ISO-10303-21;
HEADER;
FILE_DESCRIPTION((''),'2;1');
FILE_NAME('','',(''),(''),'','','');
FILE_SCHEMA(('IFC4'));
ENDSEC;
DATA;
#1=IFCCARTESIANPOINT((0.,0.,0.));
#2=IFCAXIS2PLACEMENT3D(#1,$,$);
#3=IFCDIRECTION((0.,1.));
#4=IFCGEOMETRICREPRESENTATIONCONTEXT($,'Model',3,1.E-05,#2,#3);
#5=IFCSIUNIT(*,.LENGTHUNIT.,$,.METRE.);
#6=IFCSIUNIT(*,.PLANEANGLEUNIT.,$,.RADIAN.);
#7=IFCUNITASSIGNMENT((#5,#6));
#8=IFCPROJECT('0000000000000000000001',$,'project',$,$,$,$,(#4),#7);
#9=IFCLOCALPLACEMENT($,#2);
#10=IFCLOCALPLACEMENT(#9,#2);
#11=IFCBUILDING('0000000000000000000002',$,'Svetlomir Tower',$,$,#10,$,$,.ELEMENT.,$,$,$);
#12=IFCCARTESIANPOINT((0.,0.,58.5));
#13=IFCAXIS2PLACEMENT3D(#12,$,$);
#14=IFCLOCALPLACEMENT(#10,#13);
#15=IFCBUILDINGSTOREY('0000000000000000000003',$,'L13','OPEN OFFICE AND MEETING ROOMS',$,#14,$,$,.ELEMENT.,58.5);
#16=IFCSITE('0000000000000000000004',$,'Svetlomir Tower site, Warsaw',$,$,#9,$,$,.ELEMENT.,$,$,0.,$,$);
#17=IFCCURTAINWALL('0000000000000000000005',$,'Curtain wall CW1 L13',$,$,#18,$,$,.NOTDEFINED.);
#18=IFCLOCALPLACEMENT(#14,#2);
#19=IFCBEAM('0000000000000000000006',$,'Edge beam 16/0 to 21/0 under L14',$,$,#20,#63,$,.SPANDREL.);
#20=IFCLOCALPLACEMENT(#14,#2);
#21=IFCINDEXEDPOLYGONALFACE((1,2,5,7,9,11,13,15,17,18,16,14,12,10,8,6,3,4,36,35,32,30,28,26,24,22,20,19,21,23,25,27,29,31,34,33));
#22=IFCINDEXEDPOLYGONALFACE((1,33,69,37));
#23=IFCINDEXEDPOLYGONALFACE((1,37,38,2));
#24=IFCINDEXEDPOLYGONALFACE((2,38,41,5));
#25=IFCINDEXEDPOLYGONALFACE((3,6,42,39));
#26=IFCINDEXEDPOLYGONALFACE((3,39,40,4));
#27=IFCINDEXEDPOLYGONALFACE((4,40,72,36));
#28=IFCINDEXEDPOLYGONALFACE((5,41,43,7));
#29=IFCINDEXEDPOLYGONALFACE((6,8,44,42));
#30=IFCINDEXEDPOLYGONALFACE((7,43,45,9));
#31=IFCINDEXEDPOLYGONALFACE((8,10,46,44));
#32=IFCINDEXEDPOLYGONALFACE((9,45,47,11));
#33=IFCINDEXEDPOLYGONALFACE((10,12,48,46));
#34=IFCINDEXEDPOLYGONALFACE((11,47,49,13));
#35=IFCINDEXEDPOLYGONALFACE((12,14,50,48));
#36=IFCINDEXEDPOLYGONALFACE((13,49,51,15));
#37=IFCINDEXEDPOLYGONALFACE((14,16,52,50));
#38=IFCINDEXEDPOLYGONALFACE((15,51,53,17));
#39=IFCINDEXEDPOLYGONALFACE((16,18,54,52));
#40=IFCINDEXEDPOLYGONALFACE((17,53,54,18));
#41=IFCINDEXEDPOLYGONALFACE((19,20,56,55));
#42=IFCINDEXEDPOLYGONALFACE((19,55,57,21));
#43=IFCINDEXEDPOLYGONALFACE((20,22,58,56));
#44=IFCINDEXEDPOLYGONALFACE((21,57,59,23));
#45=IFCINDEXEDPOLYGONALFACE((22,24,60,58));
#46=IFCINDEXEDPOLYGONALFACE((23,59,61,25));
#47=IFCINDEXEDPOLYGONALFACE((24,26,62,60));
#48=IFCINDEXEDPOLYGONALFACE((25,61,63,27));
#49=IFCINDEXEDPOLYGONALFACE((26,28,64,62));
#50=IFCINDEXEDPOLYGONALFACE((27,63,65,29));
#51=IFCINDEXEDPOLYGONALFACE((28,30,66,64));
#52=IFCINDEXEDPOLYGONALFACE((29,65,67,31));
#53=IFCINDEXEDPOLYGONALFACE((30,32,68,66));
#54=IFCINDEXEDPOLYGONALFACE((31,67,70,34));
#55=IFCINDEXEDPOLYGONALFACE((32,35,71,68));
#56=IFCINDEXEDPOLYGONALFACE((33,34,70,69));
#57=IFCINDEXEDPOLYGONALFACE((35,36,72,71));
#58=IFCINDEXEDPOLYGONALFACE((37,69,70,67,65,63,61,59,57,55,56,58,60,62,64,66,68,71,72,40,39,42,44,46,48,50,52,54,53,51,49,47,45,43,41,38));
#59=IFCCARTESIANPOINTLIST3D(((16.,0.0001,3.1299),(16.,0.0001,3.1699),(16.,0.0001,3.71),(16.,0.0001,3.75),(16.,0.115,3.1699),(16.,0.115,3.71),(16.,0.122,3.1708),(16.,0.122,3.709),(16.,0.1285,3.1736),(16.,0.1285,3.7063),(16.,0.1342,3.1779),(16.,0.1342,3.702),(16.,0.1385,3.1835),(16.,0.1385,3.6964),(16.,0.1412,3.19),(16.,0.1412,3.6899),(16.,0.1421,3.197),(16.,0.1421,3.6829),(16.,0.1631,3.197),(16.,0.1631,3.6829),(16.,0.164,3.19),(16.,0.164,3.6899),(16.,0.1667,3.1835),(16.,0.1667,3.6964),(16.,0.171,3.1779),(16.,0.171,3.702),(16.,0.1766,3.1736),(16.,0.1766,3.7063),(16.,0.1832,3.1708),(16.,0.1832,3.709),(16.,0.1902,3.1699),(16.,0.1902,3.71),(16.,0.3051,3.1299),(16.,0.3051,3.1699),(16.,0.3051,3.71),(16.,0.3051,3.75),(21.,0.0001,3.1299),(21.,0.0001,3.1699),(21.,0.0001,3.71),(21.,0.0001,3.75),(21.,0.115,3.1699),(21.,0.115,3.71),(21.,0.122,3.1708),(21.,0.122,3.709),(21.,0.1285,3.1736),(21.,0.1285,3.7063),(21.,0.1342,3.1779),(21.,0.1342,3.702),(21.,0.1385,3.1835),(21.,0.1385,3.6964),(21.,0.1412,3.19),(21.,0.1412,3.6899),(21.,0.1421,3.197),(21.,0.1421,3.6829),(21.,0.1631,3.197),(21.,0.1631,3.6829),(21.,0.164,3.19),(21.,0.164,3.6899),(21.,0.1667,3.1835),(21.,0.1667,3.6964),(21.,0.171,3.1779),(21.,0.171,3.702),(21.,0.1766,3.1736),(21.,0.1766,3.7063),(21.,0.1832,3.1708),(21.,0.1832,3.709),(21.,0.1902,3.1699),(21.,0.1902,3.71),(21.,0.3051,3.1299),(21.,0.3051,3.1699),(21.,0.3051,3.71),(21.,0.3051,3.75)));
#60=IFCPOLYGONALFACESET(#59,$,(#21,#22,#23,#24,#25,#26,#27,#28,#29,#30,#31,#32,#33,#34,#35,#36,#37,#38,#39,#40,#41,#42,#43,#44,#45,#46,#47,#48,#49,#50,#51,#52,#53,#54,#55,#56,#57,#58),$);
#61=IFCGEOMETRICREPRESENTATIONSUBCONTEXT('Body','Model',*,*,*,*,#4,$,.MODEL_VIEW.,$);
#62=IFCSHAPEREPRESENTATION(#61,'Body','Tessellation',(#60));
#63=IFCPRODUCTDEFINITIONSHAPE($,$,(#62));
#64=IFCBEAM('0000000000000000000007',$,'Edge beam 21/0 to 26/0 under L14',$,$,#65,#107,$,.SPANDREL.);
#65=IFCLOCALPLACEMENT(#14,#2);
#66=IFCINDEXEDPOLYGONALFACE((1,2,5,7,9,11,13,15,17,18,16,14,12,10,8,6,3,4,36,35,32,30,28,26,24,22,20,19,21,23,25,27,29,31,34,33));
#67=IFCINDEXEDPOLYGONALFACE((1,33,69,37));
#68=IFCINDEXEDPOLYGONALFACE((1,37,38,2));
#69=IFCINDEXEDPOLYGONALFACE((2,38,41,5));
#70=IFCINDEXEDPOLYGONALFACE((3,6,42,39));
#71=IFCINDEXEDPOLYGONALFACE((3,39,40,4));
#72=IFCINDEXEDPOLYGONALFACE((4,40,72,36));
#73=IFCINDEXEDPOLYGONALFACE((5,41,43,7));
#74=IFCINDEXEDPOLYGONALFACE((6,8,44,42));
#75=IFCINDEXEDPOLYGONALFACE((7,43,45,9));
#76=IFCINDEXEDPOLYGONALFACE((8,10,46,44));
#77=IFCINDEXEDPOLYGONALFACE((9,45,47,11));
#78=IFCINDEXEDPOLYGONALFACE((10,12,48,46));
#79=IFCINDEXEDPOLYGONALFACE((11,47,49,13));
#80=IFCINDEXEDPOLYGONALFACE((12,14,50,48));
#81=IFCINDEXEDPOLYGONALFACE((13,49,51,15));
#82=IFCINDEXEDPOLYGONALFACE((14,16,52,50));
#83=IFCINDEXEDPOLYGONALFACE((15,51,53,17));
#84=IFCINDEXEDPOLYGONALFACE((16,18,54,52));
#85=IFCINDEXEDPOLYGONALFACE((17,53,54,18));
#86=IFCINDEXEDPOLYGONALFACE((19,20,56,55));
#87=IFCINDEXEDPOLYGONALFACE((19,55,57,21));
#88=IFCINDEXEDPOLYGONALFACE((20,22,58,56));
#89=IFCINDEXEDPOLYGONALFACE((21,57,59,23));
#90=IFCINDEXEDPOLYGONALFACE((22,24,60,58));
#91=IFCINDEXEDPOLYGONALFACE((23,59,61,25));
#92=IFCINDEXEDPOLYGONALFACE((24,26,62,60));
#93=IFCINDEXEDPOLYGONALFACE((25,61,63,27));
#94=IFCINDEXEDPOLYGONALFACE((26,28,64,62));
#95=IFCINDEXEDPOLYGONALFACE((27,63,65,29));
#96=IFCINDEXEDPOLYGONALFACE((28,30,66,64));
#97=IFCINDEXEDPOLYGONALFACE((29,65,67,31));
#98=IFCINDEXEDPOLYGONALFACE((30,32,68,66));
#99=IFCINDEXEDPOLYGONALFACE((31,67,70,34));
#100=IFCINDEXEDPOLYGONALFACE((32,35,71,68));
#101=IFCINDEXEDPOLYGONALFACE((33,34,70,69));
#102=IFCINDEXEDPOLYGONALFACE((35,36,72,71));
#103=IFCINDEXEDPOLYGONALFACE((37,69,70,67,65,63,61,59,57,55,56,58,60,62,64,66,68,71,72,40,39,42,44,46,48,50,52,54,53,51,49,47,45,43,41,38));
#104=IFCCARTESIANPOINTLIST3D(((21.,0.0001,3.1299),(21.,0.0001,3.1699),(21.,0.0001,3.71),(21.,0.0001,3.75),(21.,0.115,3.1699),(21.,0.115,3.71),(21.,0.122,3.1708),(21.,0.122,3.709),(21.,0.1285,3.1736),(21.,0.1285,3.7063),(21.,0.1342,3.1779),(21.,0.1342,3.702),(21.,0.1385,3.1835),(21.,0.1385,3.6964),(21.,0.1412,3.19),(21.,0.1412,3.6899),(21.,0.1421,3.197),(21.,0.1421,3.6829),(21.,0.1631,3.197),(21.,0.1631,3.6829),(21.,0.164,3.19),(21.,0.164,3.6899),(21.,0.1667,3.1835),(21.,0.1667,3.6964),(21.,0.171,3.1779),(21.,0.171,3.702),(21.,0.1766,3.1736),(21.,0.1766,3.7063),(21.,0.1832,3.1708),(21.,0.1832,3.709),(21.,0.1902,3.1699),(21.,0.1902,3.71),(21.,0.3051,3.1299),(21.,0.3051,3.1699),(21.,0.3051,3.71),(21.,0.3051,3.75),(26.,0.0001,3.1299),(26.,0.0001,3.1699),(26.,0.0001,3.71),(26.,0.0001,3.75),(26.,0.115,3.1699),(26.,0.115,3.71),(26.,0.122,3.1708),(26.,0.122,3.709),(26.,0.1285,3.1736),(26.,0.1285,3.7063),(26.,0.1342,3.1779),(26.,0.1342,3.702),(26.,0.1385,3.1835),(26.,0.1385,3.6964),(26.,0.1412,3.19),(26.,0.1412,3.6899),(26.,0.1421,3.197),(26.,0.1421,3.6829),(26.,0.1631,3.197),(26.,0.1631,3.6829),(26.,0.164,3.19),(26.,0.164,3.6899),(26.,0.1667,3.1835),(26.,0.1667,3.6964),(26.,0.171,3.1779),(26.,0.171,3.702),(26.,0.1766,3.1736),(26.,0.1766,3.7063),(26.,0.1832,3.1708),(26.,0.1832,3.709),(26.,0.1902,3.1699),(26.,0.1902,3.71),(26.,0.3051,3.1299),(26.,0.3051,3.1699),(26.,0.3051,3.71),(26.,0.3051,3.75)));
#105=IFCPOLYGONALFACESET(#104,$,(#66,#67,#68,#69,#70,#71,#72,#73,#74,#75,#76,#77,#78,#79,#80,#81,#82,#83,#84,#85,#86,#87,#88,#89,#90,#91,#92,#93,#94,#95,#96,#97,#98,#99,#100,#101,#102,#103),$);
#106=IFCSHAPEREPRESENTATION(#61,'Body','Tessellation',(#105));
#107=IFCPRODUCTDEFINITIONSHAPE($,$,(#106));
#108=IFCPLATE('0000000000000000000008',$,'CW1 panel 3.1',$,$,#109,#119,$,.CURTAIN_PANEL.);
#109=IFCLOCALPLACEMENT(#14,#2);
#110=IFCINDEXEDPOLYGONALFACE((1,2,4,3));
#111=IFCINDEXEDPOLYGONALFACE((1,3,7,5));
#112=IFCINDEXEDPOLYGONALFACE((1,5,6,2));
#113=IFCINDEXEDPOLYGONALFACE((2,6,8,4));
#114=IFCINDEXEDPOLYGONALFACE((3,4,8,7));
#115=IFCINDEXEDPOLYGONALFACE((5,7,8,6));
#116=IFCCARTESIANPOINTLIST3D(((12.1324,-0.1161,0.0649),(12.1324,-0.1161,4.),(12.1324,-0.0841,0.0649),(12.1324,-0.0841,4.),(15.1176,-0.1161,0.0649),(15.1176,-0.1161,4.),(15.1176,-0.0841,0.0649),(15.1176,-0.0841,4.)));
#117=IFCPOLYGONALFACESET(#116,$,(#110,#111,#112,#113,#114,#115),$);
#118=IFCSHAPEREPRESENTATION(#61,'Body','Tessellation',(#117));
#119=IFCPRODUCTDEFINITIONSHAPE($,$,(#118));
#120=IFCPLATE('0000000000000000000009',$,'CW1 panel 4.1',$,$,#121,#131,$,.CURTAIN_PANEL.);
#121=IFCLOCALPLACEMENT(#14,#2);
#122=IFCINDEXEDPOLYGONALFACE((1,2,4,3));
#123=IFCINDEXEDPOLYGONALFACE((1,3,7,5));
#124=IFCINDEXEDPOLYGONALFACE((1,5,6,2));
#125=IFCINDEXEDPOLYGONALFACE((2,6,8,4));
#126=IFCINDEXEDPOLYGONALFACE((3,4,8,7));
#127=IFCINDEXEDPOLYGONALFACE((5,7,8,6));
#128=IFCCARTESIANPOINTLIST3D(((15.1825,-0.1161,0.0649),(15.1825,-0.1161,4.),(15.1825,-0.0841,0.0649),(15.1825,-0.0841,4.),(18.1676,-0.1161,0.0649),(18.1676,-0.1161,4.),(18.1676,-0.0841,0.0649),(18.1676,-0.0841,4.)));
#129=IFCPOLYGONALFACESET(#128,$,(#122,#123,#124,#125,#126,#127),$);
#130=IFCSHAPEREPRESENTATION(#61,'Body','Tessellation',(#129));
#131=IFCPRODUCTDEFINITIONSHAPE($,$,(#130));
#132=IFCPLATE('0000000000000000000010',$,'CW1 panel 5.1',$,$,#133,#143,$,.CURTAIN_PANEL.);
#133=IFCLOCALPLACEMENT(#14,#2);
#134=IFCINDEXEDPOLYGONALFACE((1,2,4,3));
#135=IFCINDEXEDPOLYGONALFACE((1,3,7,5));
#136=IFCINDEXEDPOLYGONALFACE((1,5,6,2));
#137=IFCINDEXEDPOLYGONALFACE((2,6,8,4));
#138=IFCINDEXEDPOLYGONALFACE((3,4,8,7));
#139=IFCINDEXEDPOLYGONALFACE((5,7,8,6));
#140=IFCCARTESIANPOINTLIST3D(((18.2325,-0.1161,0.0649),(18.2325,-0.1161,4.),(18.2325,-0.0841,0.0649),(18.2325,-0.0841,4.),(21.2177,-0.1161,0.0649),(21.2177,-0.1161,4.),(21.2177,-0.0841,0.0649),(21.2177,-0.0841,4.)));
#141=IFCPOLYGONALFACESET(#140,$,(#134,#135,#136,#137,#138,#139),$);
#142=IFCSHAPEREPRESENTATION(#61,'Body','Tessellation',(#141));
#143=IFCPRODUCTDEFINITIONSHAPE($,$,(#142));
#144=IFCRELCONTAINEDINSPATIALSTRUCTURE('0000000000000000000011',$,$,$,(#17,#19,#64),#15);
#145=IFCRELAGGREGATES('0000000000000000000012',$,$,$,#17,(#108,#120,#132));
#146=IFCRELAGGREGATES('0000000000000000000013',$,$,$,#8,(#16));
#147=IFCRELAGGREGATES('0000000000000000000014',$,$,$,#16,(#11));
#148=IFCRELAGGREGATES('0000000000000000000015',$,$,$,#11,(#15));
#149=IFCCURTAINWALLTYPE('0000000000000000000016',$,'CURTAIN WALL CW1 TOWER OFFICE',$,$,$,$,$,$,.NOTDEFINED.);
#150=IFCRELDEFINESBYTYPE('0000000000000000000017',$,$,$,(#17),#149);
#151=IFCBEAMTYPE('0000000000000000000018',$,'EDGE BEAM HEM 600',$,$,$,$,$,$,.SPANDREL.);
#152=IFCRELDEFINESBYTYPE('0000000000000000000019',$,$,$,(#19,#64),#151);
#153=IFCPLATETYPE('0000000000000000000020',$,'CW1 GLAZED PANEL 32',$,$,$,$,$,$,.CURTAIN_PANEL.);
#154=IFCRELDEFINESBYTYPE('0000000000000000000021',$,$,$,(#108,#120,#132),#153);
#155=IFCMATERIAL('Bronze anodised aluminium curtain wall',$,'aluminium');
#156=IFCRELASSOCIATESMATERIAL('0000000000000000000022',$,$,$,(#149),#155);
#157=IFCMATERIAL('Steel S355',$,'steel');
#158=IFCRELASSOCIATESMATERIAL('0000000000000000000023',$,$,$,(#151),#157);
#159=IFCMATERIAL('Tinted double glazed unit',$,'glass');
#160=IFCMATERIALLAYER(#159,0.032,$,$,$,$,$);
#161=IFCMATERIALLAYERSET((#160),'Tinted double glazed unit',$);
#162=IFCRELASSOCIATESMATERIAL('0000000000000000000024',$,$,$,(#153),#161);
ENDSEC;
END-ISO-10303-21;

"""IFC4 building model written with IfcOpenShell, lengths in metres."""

from ifc_helpers import new_model, si_unit, direction, frame, origin, origin_2d, place, context, subcontext, project, spatial, rectangle, i_section, extrude, material, layer, layer_set, material_profile, profile_set, type_object, element, aggregate, save


model = new_model("IFC4")

# Units and contexts
model_context = context("Model", 3, precision=1e-05, world=origin(), true_north=direction((0.0, 1.0)))
body_context = subcontext(model_context, "Body", "Model", "MODEL_VIEW")
ifc_project = project(units=[si_unit("LENGTHUNIT", "METRE"), si_unit("PLANEANGLEUNIT", "RADIAN")], contexts=[model_context])

# Site, building, storey
site_placement = place(None, origin())
site = spatial("IfcSite", under=ifc_project, at=site_placement, Name="Svetlomir Tower site, Warsaw", CompositionType="ELEMENT", RefElevation=0.0)
building_placement = place(site_placement, origin())
building = spatial("IfcBuilding", under=site, at=building_placement, Name="Svetlomir Tower", CompositionType="ELEMENT")
storey_placement = place(building_placement, frame((0.0, 0.0, 58.5)))
storey = spatial("IfcBuildingStorey", under=building, at=storey_placement, Name="L13", Description="OPEN OFFICE AND MEETING ROOMS", CompositionType="ELEMENT", Elevation=58.5)

# Curtain wall
ifc_material_1 = material(Name="Bronze anodised aluminium curtain wall", Category="aluminium")
curtain_wall_type = type_object("IfcCurtainWallType", Name="CURTAIN WALL CW1 TOWER OFFICE", PredefinedType="NOTDEFINED", material=ifc_material_1)
curtain_wall_placement = place(storey_placement, origin())
curtain_wall = element("IfcCurtainWall", 1, at=curtain_wall_placement, inside=storey, type_object=curtain_wall_type, Name="Curtain wall CW1 L13", PredefinedType="NOTDEFINED")

# Beams
ifc_material_2 = material(Name="Steel S355", Category="steel")
ifc_material_profile_1 = material_profile(ifc_material_2, i_section(OverallWidth=0.3049, OverallDepth=0.6201, WebThickness=0.021, FlangeThickness=0.04, FilletRadius=0.0271, at=origin_2d()), Name="HEM 600")
ifc_profile_set_1 = profile_set([ifc_material_profile_1], Name="Steel S355")
beam_type = type_object("IfcBeamType", Name="EDGE BEAM HEM 600", PredefinedType="SPANDREL", material=ifc_profile_set_1)
for number, where, z_axis, x_axis, name in (
    (2, (16.0, 0.1526, 3.4399), (1.0, 0.0, 0.0), (0.0, 1.0, 0.0), "Edge beam 16/0 to 21/0 under L14"),
    (3, (21.0, 0.1526, 3.4399), (1.0, 0.0, 0.0), (0.0, 1.0, 0.0), "Edge beam 21/0 to 26/0 under L14"),
):
    element("IfcBeam", number, at=place(storey_placement, frame(where, z_axis=z_axis, x_axis=x_axis)), inside=storey, type_object=beam_type, Name=name, PredefinedType="SPANDREL", context=body_context, shape_type="SweptSolid", body=[
        extrude(i_section(OverallWidth=0.3049, OverallDepth=0.6201, WebThickness=0.021, FlangeThickness=0.04, FilletRadius=0.0271, at=origin_2d()), origin(), (0.0, 0.0, 1.0), 5.0),
    ])

# Plates
ifc_material_3 = material(Name="Tinted double glazed unit", Category="glass")
ifc_layer = layer(ifc_material_3, 0.032)
ifc_layer_set = layer_set([ifc_layer], Name="Tinted double glazed unit")
plate_type = type_object("IfcPlateType", Name="CW1 GLAZED PANEL 32", PredefinedType="CURTAIN_PANEL", material=ifc_layer_set)
plate_1_placement = place(storey_placement, frame((13.625, -0.1001, 0.0649), z_axis=(0.0, 0.0, 1.0), x_axis=(1.0, 0.0, 0.0)))
plate_1 = element("IfcPlate", 4, at=plate_1_placement, type_object=plate_type, Name="CW1 panel 3.1", PredefinedType="CURTAIN_PANEL", context=body_context, shape_type="SweptSolid", body=[
    extrude(rectangle(XDim=2.9851, YDim=0.032, at=origin_2d()), origin(), (0.0, 0.0, 1.0), 3.9351),
])
plate_2_placement = place(storey_placement, frame((16.675, -0.1001, 0.0649), z_axis=(0.0, 0.0, 1.0), x_axis=(1.0, 0.0, 0.0)))
plate_2 = element("IfcPlate", 5, at=plate_2_placement, type_object=plate_type, Name="CW1 panel 4.1", PredefinedType="CURTAIN_PANEL", context=body_context, shape_type="SweptSolid", body=[
    extrude(rectangle(XDim=2.9851, YDim=0.032, at=origin_2d()), origin(), (0.0, 0.0, 1.0), 3.9351),
])
plate_3_placement = place(storey_placement, frame((19.7251, -0.1001, 0.0649), z_axis=(0.0, 0.0, 1.0), x_axis=(1.0, 0.0, 0.0)))
plate_3 = element("IfcPlate", 6, at=plate_3_placement, type_object=plate_type, Name="CW1 panel 5.1", PredefinedType="CURTAIN_PANEL", context=body_context, shape_type="SweptSolid", body=[
    extrude(rectangle(XDim=2.9851, YDim=0.032, at=origin_2d()), origin(), (0.0, 0.0, 1.0), 3.9351),
])
aggregate(curtain_wall, [plate_1, plate_2, plate_3])

save(model, "model.ifc")
